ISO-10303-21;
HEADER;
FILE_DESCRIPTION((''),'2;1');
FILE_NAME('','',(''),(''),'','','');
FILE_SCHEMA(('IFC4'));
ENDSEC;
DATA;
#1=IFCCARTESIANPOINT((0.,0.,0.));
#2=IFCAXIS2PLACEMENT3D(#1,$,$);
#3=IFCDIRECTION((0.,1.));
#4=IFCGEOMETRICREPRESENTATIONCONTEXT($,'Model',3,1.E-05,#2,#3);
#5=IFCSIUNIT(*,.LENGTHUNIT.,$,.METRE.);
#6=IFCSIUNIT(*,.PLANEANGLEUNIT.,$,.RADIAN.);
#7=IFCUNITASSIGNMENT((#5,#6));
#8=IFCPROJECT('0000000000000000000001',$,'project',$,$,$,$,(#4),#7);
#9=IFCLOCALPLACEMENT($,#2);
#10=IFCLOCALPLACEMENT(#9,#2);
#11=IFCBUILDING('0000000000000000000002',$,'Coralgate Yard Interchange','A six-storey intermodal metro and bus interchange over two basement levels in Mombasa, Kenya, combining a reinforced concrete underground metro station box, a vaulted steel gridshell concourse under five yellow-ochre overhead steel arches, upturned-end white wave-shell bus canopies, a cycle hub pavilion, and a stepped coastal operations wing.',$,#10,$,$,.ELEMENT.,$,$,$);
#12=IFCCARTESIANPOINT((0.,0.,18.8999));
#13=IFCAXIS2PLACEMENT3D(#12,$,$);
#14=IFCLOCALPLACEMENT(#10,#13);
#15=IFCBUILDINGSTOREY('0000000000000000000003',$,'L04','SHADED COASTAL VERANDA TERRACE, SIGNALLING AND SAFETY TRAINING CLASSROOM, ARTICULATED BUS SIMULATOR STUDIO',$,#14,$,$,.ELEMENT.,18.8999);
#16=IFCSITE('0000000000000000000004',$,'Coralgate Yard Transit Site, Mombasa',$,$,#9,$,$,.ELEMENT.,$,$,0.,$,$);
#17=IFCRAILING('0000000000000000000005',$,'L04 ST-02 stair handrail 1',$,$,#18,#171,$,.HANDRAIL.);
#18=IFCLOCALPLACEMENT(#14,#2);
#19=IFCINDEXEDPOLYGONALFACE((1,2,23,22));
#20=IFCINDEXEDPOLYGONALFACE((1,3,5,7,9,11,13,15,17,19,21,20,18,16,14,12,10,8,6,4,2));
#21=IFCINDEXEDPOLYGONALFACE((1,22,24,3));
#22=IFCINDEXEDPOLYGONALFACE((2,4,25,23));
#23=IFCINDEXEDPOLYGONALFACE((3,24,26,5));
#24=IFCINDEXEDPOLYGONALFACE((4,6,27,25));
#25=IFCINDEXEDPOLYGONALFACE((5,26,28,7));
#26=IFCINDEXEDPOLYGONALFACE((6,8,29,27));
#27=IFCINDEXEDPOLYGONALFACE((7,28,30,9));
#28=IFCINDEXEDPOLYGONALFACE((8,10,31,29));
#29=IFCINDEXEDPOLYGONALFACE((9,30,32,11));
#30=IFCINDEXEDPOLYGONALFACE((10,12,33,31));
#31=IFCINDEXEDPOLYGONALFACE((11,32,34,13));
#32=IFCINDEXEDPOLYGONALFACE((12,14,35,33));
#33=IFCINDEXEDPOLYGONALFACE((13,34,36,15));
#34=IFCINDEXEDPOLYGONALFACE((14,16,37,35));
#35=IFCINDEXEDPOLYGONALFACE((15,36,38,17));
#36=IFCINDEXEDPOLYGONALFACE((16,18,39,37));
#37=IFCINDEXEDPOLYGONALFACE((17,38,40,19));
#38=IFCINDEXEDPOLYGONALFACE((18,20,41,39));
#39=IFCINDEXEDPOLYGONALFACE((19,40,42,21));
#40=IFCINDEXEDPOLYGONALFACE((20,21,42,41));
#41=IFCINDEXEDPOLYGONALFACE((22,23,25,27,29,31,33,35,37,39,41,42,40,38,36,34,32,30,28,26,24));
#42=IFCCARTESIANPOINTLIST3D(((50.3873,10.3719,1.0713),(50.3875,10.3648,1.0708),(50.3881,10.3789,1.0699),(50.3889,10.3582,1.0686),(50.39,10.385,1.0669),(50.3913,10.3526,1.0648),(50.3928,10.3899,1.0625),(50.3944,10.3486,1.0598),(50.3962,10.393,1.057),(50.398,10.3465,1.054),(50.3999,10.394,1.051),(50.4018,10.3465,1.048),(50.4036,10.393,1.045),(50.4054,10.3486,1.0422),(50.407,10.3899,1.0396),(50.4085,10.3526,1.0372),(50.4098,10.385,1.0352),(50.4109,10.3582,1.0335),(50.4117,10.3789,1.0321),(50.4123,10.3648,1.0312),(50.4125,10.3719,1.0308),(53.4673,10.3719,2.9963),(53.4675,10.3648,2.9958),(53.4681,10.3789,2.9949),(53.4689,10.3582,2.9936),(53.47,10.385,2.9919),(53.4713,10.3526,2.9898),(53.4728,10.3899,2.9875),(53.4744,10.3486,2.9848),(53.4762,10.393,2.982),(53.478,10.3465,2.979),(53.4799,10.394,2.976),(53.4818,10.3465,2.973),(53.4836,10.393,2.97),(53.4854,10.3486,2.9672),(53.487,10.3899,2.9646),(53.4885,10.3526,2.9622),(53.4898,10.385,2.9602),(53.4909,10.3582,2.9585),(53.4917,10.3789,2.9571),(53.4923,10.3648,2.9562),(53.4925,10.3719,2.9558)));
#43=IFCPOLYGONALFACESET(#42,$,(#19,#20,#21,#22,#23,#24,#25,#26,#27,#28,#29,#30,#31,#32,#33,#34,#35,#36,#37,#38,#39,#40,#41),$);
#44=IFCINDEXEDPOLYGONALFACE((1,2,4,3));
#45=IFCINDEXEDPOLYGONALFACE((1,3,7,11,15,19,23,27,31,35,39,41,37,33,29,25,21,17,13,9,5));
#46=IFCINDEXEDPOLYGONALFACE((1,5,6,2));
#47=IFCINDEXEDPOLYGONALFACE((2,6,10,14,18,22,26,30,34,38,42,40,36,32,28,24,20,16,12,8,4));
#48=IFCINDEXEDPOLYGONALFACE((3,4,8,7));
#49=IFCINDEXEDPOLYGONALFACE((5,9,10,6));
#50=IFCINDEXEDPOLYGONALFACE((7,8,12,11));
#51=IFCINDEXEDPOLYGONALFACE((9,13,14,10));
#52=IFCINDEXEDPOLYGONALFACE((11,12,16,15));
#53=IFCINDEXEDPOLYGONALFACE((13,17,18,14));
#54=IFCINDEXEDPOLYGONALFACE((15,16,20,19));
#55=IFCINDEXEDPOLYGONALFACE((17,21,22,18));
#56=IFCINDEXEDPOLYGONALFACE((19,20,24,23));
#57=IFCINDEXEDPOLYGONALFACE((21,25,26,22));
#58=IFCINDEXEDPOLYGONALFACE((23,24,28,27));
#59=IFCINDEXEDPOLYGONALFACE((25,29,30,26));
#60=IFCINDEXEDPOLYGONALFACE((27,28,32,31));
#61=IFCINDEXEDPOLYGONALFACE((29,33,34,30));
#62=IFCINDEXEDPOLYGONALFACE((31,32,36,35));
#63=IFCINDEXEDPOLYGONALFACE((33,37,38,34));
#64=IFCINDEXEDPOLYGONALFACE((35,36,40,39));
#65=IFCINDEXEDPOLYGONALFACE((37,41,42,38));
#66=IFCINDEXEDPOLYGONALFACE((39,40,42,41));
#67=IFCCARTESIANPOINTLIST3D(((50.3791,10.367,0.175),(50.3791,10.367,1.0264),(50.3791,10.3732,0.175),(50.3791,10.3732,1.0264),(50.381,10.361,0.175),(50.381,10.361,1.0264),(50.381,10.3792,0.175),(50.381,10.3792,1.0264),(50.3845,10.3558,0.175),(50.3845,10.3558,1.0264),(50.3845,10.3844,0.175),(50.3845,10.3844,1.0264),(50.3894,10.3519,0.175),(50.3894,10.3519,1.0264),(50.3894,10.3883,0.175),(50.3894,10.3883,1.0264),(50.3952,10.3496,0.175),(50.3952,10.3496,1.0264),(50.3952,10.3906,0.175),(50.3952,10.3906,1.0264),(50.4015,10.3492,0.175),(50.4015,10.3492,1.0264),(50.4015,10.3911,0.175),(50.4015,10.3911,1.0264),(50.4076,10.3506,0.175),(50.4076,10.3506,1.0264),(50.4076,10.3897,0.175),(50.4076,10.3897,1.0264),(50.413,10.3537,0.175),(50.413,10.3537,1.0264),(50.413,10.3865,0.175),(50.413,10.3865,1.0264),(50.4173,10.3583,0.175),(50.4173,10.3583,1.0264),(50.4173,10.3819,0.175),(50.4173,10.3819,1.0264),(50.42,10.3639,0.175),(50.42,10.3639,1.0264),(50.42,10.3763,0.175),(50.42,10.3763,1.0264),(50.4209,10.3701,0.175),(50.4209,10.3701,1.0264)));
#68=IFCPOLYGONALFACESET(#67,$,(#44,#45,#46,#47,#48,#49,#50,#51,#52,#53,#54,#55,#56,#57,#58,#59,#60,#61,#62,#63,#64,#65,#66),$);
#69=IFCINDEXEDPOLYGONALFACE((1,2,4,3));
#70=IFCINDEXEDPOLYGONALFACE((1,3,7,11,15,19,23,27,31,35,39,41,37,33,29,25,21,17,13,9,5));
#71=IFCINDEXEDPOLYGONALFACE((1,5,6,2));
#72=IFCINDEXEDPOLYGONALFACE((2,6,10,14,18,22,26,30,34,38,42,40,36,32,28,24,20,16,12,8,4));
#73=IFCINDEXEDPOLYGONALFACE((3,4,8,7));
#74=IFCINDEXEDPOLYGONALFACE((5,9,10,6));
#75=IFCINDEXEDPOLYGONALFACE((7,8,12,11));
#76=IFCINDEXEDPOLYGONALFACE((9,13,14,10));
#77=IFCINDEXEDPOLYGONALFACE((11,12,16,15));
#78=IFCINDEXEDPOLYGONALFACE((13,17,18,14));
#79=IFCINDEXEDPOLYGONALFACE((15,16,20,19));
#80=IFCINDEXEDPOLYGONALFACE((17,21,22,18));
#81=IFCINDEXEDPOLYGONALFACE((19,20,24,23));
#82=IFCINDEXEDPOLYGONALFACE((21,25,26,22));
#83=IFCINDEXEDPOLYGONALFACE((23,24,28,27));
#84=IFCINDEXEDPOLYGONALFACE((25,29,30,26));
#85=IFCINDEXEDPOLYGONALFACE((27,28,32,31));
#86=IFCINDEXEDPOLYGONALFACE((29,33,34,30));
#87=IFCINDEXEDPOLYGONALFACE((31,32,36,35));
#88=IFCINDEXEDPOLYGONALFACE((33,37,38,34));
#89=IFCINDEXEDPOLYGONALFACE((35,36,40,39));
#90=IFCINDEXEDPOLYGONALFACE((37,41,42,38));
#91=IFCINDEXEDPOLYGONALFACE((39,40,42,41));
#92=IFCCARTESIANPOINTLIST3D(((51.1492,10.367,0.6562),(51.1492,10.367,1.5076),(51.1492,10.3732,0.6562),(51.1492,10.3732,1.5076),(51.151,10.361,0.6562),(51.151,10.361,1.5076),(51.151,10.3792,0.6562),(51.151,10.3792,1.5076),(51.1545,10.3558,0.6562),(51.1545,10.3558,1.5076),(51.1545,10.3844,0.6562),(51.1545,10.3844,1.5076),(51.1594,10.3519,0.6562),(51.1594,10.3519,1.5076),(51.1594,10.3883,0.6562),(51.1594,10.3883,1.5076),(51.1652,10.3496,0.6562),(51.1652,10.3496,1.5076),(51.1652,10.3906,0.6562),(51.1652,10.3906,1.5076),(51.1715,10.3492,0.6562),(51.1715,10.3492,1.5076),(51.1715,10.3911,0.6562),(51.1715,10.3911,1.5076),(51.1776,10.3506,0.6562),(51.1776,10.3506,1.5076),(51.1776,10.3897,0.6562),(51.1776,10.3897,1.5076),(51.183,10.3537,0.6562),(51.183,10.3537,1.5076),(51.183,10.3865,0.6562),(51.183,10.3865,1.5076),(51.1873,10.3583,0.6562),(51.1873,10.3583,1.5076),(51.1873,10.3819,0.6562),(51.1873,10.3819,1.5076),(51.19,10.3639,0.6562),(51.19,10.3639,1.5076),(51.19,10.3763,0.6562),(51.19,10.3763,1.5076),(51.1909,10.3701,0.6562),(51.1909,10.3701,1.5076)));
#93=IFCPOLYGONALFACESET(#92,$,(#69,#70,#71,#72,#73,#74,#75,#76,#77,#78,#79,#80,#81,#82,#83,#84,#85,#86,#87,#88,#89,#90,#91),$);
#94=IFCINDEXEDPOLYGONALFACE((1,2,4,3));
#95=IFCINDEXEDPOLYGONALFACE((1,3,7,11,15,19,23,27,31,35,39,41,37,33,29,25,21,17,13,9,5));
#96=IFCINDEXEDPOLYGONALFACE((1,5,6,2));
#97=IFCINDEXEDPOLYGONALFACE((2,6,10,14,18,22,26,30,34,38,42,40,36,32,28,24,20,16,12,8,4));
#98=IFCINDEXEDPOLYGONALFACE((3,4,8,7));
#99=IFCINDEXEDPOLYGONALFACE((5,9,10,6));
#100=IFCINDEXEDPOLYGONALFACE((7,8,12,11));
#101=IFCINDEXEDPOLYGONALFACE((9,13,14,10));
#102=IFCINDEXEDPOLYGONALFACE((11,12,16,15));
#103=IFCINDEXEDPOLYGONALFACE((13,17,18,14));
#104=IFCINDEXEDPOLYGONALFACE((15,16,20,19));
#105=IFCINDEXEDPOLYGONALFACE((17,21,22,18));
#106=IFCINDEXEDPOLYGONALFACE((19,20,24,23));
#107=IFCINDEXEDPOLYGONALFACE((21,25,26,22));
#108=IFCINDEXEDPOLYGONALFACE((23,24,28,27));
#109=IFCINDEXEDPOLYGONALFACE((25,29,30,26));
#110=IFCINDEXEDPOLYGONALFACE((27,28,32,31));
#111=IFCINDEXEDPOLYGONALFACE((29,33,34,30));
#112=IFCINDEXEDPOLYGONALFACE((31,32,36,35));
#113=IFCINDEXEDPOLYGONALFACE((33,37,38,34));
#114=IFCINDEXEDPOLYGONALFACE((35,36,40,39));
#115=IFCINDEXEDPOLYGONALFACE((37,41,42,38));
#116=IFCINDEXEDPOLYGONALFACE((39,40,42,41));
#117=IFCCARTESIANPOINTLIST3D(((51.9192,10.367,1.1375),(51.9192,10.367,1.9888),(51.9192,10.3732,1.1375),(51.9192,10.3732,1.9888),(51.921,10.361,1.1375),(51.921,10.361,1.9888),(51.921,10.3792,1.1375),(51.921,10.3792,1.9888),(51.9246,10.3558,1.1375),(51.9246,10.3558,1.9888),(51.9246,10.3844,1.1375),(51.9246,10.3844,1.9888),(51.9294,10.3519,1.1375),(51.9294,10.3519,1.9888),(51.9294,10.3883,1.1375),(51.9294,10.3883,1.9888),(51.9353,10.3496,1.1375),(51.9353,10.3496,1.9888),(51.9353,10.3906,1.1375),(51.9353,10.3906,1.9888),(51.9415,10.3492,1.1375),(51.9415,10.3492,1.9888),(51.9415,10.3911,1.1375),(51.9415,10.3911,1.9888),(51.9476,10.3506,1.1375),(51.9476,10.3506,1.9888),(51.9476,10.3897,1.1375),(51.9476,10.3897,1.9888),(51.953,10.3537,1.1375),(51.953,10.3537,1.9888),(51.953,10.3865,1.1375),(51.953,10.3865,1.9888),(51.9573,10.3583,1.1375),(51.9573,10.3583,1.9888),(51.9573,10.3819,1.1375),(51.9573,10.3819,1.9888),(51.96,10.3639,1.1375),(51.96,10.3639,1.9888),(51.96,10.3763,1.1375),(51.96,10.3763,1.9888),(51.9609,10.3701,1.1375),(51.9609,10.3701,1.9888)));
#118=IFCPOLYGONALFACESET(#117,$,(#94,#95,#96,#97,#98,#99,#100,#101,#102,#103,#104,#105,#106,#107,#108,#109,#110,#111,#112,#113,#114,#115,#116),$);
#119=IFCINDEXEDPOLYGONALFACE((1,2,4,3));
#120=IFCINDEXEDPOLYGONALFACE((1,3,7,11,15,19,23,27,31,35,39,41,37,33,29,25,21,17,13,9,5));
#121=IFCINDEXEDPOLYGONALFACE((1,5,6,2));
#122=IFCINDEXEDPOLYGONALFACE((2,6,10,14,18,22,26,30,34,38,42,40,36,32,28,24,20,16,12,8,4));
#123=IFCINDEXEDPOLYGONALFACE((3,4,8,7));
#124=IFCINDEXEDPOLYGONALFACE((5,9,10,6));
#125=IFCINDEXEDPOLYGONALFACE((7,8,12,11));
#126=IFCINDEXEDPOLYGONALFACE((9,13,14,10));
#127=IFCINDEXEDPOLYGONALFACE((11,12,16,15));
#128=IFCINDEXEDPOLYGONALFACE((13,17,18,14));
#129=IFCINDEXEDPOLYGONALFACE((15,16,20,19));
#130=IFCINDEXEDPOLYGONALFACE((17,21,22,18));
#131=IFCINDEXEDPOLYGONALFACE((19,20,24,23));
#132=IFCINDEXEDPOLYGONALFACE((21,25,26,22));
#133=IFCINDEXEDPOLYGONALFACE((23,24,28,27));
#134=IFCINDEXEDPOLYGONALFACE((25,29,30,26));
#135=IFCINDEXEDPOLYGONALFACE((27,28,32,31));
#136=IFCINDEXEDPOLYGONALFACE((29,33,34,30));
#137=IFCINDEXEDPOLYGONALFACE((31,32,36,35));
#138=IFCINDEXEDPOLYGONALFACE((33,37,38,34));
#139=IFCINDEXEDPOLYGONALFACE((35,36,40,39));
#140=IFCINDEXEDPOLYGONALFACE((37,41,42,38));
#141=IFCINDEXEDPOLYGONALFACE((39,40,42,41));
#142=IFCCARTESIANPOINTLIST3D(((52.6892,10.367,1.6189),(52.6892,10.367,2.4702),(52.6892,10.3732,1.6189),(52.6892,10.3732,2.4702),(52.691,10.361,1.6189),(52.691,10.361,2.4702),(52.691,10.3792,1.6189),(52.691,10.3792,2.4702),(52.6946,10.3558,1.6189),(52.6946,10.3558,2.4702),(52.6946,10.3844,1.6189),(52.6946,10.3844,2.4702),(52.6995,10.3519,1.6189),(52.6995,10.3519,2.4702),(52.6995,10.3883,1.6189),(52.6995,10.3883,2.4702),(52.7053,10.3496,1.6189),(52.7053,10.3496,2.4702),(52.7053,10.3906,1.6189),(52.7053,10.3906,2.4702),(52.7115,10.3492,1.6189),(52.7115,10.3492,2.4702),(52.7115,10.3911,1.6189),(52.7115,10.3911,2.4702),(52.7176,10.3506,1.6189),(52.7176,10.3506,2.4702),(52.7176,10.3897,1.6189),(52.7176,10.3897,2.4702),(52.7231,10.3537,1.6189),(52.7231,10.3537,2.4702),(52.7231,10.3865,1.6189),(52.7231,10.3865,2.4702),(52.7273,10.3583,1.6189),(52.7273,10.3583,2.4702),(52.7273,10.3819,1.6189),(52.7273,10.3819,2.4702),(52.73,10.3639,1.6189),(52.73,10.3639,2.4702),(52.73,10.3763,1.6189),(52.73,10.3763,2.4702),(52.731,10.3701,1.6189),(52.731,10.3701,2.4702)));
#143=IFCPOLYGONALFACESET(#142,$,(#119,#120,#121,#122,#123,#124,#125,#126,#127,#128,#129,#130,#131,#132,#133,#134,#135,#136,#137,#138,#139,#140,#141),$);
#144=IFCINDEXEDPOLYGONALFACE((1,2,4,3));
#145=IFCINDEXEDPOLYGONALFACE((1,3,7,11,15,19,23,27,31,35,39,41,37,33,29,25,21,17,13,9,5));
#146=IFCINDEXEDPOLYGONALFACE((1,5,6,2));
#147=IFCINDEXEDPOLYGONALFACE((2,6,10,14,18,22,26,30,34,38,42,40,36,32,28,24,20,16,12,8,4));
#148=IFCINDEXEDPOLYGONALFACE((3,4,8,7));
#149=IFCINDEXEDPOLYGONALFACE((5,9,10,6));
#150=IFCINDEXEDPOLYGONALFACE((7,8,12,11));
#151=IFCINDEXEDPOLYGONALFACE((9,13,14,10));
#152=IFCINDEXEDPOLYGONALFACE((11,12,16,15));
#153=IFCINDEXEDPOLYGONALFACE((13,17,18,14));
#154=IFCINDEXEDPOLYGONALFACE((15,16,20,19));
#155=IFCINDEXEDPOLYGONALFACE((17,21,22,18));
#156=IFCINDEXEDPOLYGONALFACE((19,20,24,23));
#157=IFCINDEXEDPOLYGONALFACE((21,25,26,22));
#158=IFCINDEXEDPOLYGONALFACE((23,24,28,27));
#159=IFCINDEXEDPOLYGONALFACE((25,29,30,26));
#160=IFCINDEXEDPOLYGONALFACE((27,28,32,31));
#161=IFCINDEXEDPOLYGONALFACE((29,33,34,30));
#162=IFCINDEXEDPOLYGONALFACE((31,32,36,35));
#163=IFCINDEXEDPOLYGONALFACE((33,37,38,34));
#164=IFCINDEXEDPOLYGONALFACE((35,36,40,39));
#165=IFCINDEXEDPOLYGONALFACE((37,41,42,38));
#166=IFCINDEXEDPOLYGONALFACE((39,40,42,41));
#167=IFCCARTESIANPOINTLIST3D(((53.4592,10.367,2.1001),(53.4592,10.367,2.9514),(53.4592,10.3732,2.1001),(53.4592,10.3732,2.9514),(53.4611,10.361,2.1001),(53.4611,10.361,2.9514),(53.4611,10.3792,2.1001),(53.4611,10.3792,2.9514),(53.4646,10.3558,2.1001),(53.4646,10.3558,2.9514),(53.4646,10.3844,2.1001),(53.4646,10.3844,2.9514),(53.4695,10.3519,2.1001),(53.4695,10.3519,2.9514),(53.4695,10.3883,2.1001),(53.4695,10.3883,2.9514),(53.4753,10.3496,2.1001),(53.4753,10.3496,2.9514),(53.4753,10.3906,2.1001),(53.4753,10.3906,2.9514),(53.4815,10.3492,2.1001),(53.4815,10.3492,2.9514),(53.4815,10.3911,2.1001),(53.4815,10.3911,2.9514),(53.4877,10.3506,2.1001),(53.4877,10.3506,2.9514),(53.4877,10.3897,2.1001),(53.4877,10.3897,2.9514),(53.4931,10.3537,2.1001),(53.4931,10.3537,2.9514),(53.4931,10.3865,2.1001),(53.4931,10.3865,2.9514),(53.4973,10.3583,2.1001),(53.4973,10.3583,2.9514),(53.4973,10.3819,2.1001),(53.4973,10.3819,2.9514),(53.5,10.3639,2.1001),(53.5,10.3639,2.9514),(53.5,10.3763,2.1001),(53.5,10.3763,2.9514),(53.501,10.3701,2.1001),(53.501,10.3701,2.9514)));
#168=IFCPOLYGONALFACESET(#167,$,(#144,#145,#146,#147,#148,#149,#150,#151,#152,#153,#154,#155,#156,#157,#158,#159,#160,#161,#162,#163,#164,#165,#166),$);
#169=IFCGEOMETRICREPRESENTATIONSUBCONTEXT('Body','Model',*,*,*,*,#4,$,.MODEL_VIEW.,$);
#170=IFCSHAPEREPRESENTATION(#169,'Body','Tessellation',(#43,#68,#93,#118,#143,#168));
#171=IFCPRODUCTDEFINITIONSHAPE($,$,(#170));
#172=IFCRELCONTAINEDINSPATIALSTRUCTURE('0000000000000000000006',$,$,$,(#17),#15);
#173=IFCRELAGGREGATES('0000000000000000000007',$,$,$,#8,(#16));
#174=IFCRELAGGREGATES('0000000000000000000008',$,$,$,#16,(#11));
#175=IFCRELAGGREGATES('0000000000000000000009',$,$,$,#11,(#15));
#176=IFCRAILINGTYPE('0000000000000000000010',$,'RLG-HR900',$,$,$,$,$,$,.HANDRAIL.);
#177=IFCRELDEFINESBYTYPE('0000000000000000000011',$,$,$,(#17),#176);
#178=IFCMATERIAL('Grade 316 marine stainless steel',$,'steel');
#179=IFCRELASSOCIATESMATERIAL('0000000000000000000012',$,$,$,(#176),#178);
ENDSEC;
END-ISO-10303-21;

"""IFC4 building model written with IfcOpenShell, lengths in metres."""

from ifc_helpers import new_model, si_unit, direction, frame, origin, origin_2d, place, context, subcontext, project, spatial, circle, extrude, material, type_object, element, save


model = new_model("IFC4")

# Units and contexts
model_context = context("Model", 3, precision=1e-05, world=origin(), true_north=direction((0.0, 1.0)))
body_context = subcontext(model_context, "Body", "Model", "MODEL_VIEW")
ifc_project = project(units=[si_unit("LENGTHUNIT", "METRE"), si_unit("PLANEANGLEUNIT", "RADIAN")], contexts=[model_context])

# Site, building, storey
site_placement = place(None, origin())
site = spatial("IfcSite", under=ifc_project, at=site_placement, Name="Coralgate Yard Transit Site, Mombasa", CompositionType="ELEMENT", RefElevation=0.0)
building_placement = place(site_placement, origin())
building = spatial("IfcBuilding", under=site, at=building_placement, Name="Coralgate Yard Interchange", Description="A six-storey intermodal metro and bus interchange over two basement levels in Mombasa, Kenya, combining a reinforced concrete underground metro station box, a vaulted steel gridshell concourse under five yellow-ochre overhead steel arches, upturned-end white wave-shell bus canopies, a cycle hub pavilion, and a stepped coastal operations wing.", CompositionType="ELEMENT")
storey_placement = place(building_placement, frame((0.0, 0.0, 18.8999)))
storey = spatial("IfcBuildingStorey", under=building, at=storey_placement, Name="L04", Description="SHADED COASTAL VERANDA TERRACE, SIGNALLING AND SAFETY TRAINING CLASSROOM, ARTICULATED BUS SIMULATOR STUDIO", CompositionType="ELEMENT", Elevation=18.8999)

# Railing
ifc_material_1 = material(Name="Grade 316 marine stainless steel", Category="steel")
railing_type_1 = type_object("IfcRailingType", Name="RLG-HR900", PredefinedType="HANDRAIL", material=ifc_material_1)
railing_1_placement = place(storey_placement, frame((50.3999, 10.3701, 0.175)))
element("IfcRailing", 1, at=railing_1_placement, inside=storey, type_object=railing_type_1, Name="L04 ST-02 stair handrail 1", PredefinedType="HANDRAIL", context=body_context, shape_type="SweptSolid", body=[
    extrude(circle(Radius=0.0239, at=origin_2d()), frame((0.0, 0.0, 0.876), z_axis=(0.847998, 0.0, 0.529999), x_axis=(0.0, 1.0, 0.0)), (0.0, 0.0, 1.0), 3.6321),
    extrude(circle(Radius=0.021, at=origin_2d()), origin(), (0.0, 0.0, 1.0), 0.8513),
    extrude(circle(Radius=0.021, at=origin_2d()), frame((0.77, 0.0, 0.4812)), (0.0, 0.0, 1.0), 0.8513),
    extrude(circle(Radius=0.021, at=origin_2d()), frame((1.54, 0.0, 0.9624)), (0.0, 0.0, 1.0), 0.8513),
    extrude(circle(Radius=0.021, at=origin_2d()), frame((2.3101, 0.0, 1.4438)), (0.0, 0.0, 1.0), 0.8513),
    extrude(circle(Radius=0.021, at=origin_2d()), frame((3.0801, 0.0, 1.925)), (0.0, 0.0, 1.0), 0.8513),
])

save(model, "model.ifc")
